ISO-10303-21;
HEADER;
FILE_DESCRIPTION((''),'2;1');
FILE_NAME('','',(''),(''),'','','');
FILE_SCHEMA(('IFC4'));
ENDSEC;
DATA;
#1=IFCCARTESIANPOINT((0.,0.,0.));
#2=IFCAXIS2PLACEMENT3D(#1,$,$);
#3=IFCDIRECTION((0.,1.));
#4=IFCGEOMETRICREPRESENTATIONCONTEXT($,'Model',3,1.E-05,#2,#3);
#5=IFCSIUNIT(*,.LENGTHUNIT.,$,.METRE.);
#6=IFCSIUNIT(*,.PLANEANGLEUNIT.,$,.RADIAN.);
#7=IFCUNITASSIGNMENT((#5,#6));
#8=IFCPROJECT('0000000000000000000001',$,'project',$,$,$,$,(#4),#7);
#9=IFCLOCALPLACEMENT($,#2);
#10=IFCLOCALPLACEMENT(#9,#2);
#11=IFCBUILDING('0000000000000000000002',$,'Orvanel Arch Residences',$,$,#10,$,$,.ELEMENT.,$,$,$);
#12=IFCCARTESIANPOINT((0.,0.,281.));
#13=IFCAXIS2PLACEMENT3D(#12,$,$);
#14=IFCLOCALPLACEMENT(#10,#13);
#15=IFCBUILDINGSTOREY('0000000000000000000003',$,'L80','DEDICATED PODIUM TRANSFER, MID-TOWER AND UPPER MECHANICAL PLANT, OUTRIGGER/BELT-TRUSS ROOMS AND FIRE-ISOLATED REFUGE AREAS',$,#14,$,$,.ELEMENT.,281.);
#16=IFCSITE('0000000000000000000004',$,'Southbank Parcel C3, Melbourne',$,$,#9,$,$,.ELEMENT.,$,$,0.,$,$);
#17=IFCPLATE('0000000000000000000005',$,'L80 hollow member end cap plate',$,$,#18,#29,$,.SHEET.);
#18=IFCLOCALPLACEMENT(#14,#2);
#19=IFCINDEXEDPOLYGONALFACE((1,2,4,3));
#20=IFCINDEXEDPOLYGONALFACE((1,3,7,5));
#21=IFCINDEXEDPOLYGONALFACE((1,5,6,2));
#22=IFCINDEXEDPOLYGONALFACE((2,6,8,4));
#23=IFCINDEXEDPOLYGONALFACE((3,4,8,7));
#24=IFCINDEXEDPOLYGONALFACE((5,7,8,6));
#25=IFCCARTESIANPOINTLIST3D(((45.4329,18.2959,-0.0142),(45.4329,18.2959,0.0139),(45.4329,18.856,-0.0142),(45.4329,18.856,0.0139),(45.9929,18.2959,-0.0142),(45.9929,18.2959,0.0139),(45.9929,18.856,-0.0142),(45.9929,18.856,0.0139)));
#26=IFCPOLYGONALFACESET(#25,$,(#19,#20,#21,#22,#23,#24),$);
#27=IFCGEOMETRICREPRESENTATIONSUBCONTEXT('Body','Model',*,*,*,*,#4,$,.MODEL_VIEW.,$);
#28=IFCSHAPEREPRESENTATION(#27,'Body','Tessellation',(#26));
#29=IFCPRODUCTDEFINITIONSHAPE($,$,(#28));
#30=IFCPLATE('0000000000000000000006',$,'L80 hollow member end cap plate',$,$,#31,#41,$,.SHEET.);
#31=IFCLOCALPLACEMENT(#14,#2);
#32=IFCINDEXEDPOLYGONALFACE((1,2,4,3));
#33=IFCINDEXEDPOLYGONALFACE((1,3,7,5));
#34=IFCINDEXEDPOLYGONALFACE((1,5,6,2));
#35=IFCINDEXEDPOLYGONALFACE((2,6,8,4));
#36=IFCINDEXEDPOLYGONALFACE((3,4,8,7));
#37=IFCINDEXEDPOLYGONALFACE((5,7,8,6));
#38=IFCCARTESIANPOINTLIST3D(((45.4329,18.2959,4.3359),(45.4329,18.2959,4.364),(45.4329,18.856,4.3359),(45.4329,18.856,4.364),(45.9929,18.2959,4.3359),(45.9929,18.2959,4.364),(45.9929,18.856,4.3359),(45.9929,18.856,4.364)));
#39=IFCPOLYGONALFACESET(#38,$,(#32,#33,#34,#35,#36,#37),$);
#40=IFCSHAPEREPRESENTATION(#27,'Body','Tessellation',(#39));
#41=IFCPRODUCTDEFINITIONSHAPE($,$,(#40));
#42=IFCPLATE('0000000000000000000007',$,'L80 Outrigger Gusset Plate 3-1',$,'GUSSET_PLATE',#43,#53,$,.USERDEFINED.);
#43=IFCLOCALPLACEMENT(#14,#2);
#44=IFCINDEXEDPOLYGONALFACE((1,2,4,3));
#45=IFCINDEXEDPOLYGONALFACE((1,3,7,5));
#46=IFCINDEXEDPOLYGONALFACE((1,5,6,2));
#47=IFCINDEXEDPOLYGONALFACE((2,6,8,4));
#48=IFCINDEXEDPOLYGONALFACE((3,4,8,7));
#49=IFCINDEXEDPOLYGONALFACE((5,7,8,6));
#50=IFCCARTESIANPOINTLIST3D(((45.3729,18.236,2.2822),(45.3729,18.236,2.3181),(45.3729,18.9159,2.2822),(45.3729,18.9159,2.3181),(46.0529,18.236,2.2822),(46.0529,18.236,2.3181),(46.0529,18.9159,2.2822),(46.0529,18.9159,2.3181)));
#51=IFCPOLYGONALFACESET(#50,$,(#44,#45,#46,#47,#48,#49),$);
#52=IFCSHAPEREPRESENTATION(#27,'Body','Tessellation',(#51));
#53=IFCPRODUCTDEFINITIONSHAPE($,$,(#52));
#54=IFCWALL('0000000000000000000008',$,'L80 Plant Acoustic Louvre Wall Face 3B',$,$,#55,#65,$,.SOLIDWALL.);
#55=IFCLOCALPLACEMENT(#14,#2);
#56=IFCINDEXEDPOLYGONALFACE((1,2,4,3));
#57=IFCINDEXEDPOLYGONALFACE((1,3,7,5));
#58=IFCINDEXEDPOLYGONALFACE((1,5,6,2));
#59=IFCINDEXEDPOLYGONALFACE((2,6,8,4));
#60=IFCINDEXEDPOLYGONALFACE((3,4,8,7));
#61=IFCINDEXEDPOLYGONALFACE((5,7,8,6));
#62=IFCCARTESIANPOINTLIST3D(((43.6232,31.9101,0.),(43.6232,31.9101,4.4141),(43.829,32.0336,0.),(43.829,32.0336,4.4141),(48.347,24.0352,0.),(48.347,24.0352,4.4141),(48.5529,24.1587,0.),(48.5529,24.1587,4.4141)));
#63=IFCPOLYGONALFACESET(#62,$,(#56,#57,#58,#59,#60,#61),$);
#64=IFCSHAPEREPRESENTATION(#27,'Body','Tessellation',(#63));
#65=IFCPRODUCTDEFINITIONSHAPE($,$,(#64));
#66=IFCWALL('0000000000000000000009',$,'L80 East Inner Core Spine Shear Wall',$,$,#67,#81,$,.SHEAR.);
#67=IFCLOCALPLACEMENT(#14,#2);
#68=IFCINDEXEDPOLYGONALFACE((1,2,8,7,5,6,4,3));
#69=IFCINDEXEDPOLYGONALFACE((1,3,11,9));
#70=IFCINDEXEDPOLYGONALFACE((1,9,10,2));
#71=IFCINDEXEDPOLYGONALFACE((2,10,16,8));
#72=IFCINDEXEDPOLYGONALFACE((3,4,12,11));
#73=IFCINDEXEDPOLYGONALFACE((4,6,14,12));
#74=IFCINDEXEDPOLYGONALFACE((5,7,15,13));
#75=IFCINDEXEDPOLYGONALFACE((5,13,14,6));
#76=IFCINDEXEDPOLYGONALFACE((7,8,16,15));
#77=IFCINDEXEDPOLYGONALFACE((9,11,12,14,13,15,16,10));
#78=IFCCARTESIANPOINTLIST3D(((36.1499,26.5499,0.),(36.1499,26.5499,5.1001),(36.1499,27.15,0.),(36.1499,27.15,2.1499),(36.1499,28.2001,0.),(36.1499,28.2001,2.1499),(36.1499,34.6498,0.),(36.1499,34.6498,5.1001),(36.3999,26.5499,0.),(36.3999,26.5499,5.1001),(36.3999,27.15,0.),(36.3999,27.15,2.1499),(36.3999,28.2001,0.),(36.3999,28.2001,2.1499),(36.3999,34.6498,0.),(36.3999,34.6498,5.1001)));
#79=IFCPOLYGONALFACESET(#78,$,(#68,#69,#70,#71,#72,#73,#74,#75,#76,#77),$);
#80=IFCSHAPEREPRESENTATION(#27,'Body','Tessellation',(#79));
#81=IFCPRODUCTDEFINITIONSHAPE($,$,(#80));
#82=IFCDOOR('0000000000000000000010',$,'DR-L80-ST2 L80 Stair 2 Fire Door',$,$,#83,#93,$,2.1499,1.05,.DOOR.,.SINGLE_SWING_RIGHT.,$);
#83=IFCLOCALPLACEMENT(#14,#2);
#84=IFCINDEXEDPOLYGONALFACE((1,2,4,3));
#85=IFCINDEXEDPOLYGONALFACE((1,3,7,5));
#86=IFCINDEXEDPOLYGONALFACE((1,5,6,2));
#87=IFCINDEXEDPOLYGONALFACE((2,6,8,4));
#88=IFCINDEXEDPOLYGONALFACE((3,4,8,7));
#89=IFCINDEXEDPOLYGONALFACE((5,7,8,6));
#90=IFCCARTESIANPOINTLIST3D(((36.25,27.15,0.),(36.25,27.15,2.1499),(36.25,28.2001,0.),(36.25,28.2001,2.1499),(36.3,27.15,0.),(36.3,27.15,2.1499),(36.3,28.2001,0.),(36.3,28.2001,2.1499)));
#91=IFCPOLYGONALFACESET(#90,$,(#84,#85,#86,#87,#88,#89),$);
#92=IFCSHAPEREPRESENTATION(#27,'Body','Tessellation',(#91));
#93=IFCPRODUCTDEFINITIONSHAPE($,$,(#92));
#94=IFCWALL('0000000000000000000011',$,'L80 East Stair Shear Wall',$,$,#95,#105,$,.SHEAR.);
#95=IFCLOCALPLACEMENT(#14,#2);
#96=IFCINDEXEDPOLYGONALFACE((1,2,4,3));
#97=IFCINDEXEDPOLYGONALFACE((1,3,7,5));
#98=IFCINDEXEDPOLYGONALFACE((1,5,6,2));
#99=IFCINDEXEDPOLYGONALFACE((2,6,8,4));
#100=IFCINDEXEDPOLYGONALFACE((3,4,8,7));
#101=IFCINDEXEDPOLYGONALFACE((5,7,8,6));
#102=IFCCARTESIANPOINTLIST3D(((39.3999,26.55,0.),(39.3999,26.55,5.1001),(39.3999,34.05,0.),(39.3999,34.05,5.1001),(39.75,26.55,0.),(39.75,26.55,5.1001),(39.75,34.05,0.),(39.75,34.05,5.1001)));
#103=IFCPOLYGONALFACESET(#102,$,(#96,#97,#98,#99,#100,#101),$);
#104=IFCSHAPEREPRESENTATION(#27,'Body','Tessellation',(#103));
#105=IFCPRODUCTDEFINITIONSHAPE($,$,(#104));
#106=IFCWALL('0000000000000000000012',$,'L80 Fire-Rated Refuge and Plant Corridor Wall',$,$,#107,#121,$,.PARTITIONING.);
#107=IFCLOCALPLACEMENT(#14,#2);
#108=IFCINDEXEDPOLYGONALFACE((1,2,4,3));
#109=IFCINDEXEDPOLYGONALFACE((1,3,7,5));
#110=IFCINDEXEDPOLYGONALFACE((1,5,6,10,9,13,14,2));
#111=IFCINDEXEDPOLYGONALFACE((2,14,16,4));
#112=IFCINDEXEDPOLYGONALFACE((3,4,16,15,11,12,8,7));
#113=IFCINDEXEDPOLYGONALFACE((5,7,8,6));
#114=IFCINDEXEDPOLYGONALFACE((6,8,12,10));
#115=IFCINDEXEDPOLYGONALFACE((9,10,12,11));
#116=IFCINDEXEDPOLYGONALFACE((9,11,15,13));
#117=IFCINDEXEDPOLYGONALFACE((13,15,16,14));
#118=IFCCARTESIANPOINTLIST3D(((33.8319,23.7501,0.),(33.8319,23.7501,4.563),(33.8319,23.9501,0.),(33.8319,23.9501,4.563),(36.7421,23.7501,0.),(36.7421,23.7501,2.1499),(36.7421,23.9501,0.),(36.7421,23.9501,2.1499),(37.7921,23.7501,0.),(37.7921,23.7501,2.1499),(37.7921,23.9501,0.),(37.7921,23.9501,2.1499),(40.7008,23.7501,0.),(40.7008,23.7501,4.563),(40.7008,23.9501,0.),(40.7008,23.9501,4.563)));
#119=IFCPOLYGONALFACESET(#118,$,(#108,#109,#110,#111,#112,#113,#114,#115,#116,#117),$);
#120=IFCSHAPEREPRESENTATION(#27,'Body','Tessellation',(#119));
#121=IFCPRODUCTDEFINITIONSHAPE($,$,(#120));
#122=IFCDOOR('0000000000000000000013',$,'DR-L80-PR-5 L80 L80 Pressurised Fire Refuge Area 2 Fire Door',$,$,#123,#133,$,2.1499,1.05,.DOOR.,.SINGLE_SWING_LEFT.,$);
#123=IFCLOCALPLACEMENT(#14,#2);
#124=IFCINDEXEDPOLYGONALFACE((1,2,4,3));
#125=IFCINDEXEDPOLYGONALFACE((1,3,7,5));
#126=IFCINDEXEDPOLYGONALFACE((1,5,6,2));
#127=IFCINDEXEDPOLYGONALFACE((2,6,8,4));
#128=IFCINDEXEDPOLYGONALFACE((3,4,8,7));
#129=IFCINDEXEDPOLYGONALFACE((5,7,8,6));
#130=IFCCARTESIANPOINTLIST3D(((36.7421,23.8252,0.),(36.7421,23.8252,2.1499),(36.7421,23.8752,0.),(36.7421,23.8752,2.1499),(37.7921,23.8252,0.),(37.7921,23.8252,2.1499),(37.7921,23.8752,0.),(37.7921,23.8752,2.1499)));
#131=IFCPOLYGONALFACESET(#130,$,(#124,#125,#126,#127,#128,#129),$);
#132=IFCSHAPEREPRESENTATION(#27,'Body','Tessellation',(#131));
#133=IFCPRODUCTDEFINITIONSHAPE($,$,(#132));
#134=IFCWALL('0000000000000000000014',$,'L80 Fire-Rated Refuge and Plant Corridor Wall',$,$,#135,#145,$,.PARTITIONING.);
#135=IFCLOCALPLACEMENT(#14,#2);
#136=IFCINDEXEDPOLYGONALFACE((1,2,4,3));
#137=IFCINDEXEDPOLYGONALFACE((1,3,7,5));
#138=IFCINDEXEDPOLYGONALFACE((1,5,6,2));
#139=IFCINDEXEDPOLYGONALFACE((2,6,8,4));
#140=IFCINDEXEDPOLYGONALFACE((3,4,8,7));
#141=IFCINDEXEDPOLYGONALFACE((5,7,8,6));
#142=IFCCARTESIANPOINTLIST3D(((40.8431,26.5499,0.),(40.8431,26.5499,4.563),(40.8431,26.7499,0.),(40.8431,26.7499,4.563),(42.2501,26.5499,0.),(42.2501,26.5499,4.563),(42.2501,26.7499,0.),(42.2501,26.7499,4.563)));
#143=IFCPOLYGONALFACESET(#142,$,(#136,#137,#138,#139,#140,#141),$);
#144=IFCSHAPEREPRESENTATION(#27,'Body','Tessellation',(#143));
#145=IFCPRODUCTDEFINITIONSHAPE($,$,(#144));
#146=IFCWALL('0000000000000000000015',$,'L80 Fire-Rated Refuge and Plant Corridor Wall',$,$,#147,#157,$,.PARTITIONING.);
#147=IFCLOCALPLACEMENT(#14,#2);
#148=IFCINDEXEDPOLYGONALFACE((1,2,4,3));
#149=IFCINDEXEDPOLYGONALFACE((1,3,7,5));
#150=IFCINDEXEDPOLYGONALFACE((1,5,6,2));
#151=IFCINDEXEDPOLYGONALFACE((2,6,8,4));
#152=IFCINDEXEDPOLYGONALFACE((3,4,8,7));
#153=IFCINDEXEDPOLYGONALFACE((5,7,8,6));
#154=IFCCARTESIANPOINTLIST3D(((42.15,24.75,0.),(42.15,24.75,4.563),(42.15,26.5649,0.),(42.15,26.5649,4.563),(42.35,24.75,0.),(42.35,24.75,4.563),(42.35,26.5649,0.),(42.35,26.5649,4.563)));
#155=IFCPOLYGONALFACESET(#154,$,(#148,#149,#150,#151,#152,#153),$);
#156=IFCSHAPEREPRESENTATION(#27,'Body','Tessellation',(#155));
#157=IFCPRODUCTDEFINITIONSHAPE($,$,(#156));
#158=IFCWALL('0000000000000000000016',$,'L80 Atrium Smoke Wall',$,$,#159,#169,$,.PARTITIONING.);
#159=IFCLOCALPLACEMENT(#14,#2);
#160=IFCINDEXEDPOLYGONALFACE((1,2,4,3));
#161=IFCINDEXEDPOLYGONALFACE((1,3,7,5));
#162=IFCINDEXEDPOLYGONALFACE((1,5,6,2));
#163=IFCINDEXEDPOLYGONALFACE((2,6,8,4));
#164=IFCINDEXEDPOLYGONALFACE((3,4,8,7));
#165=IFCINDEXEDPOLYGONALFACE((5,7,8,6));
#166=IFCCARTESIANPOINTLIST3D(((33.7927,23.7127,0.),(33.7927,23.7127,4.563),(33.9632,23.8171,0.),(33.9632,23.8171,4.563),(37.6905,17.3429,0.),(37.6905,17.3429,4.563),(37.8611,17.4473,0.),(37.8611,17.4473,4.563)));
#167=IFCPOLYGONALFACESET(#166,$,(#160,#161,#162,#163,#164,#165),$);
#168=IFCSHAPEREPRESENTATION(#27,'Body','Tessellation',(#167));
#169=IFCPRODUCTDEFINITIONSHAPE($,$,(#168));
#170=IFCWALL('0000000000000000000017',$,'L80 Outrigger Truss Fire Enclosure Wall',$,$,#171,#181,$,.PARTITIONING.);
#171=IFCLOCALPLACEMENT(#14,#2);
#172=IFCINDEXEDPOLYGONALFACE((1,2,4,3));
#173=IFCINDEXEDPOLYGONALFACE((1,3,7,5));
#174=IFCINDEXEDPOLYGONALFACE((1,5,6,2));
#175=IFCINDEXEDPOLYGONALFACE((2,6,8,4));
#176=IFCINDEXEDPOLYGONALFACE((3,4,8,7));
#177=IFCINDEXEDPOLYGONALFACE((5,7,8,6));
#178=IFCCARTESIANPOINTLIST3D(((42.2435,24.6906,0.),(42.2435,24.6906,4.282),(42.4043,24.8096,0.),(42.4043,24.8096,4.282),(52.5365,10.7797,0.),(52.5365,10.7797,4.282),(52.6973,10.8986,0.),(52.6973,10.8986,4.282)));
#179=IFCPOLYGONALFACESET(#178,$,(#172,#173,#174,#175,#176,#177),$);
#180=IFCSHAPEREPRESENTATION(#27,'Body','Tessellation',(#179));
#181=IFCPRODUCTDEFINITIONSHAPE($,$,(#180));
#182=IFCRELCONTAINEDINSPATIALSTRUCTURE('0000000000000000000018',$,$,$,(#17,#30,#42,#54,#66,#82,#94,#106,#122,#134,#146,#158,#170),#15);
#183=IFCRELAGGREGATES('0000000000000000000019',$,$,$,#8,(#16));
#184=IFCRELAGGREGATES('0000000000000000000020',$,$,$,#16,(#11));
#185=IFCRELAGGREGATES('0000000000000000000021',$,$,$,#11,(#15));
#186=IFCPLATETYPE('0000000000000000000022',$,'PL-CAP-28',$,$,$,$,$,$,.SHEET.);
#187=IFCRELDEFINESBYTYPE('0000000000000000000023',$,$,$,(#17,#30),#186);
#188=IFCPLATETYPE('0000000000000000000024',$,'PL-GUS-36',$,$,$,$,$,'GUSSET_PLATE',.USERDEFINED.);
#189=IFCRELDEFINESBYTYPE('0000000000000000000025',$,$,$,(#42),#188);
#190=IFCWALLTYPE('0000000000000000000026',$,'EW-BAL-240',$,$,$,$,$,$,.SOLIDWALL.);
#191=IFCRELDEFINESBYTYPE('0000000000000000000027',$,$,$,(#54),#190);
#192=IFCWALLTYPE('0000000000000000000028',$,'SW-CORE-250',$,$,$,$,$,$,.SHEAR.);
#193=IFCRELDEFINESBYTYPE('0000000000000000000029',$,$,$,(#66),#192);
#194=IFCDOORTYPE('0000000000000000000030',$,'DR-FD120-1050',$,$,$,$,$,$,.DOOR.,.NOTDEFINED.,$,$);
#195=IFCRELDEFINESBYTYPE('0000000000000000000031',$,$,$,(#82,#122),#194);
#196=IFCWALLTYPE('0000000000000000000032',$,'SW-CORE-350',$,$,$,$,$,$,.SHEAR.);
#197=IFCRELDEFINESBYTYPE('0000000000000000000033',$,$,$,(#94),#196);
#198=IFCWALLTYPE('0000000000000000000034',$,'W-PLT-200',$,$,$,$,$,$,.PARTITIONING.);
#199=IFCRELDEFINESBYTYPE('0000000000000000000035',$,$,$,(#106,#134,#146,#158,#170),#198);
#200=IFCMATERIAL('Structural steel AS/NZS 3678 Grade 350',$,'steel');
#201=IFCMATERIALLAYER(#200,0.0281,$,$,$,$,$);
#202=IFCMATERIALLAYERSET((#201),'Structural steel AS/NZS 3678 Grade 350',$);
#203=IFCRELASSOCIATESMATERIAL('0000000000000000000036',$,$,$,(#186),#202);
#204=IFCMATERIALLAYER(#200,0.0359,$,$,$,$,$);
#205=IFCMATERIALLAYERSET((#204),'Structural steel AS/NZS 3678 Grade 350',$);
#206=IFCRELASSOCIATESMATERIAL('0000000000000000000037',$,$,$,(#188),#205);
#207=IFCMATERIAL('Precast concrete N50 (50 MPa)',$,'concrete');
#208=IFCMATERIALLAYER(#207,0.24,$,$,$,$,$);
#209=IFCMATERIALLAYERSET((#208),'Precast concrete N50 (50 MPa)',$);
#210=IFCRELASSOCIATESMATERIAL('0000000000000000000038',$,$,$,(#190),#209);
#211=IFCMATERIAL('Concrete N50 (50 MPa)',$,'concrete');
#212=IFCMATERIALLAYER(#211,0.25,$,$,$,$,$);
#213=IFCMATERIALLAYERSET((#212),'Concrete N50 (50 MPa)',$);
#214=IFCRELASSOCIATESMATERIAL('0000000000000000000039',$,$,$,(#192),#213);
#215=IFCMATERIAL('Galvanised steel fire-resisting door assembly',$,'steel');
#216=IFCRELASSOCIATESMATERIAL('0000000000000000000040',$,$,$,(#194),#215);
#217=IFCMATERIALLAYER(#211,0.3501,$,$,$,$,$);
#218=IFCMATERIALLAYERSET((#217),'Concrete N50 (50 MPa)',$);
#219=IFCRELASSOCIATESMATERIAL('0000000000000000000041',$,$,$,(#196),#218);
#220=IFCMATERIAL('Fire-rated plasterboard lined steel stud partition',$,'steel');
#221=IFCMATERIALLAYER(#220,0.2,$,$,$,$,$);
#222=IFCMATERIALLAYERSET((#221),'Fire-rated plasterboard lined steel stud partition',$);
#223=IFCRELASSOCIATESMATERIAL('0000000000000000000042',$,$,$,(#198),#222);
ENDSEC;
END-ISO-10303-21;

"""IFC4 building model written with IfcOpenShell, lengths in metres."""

from ifc_helpers import new_model, si_unit, direction, frame, frame_2d, origin, origin_2d, place, context, subcontext, project, spatial, rectangle, extrude, material, layer, layer_set, type_object, element, fill, save


model = new_model("IFC4")

# Units and contexts
model_context = context("Model", 3, precision=1e-05, world=origin(), true_north=direction((0.0, 1.0)))
body_context = subcontext(model_context, "Body", "Model", "MODEL_VIEW")
ifc_project = project(units=[si_unit("LENGTHUNIT", "METRE"), si_unit("PLANEANGLEUNIT", "RADIAN")], contexts=[model_context])

# Site, building, storey
site_placement = place(None, origin())
site = spatial("IfcSite", under=ifc_project, at=site_placement, Name="Southbank Parcel C3, Melbourne", CompositionType="ELEMENT", RefElevation=0.0)
building_placement = place(site_placement, origin())
building = spatial("IfcBuilding", under=site, at=building_placement, Name="Orvanel Arch Residences", CompositionType="ELEMENT")
storey_placement = place(building_placement, frame((0.0, 0.0, 281.0)))
storey = spatial("IfcBuildingStorey", under=building, at=storey_placement, Name="L80", Description="DEDICATED PODIUM TRANSFER, MID-TOWER AND UPPER MECHANICAL PLANT, OUTRIGGER/BELT-TRUSS ROOMS AND FIRE-ISOLATED REFUGE AREAS", CompositionType="ELEMENT", Elevation=281.0)

# Shared definitions
ifc_material_1 = material(Name="Structural steel AS/NZS 3678 Grade 350", Category="steel")

# Plates
ifc_layer_1 = layer(ifc_material_1, 0.0281)
ifc_layer_set_1 = layer_set([ifc_layer_1], Name="Structural steel AS/NZS 3678 Grade 350")
plate_type_1 = type_object("IfcPlateType", Name="PL-CAP-28", PredefinedType="SHEET", material=ifc_layer_set_1)
for number, where, z_axis, x_axis, name in (
    (1, (45.7129, 18.5759, -0.0142), (0.0, 0.0, 1.0), (1.0, 0.0, 0.0), "L80 hollow member end cap plate"),
    (2, (45.7129, 18.5759, 4.3359), (0.0, 0.0, 1.0), (1.0, 0.0, 0.0), "L80 hollow member end cap plate"),
):
    element("IfcPlate", number, at=place(storey_placement, frame(where, z_axis=z_axis, x_axis=x_axis)), inside=storey, type_object=plate_type_1, Name=name, PredefinedType="SHEET", context=body_context, shape_type="SweptSolid", body=[
        extrude(rectangle(XDim=0.5601, YDim=0.5601, at=origin_2d()), origin(), (0.0, 0.0, 1.0), 0.0281),
    ])
ifc_layer_2 = layer(ifc_material_1, 0.0359)
ifc_layer_set_2 = layer_set([ifc_layer_2], Name="Structural steel AS/NZS 3678 Grade 350")
plate_type_2 = type_object("IfcPlateType", Name="PL-GUS-36", ElementType="GUSSET_PLATE", PredefinedType="USERDEFINED", material=ifc_layer_set_2)
plate_placement = place(storey_placement, frame((45.7129, 18.5759, 2.2822), z_axis=(0.0, 0.0, 1.0), x_axis=(1.0, 0.0, 0.0)))
element("IfcPlate", 3, at=plate_placement, inside=storey, type_object=plate_type_2, Name="L80 Outrigger Gusset Plate 3-1", ObjectType="GUSSET_PLATE", PredefinedType="USERDEFINED", context=body_context, shape_type="SweptSolid", body=[
    extrude(rectangle(XDim=0.6799, YDim=0.6799, at=origin_2d()), origin(), (0.0, 0.0, 1.0), 0.0359),
])

# Wall
ifc_material_2 = material(Name="Precast concrete N50 (50 MPa)", Category="concrete")
ifc_layer_3 = layer(ifc_material_2, 0.24)
ifc_layer_set_3 = layer_set([ifc_layer_3], Name="Precast concrete N50 (50 MPa)")
wall_type_1 = type_object("IfcWallType", Name="EW-BAL-240", PredefinedType="SOLIDWALL", material=ifc_layer_set_3)
wall_1_placement = place(storey_placement, frame((48.45, 24.0969, 0.0), z_axis=(0.0, 0.0, 1.0), x_axis=(-0.514406, 0.857547, 0.0)))
element("IfcWall", 4, at=wall_1_placement, inside=storey, type_object=wall_type_1, Name="L80 Plant Acoustic Louvre Wall Face 3B", PredefinedType="SOLIDWALL", context=body_context, shape_type="SweptSolid", body=[
    extrude(rectangle(XDim=9.1831, YDim=0.24, at=frame_2d((4.5916, 0.0))), origin(), (0.0, 0.0, 1.0), 4.4141),
])

# Wall, opening, door
ifc_material_3 = material(Name="Concrete N50 (50 MPa)", Category="concrete")
ifc_layer_4 = layer(ifc_material_3, 0.25)
ifc_layer_set_4 = layer_set([ifc_layer_4], Name="Concrete N50 (50 MPa)")
wall_type_2 = type_object("IfcWallType", Name="SW-CORE-250", PredefinedType="SHEAR", material=ifc_layer_set_4)
wall_2_placement = place(storey_placement, frame((36.2749, 26.55, 0.0), z_axis=(0.0, 0.0, 1.0), x_axis=(0.0, 1.0, 0.0)))
wall_2 = element("IfcWall", 5, at=wall_2_placement, inside=storey, type_object=wall_type_2, Name="L80 East Inner Core Spine Shear Wall", PredefinedType="SHEAR", context=body_context, shape_type="SweptSolid", body=[
    extrude(rectangle(XDim=8.0999, YDim=0.25, at=frame_2d((4.0498, 0.0))), origin(), (0.0, 0.0, 1.0), 5.1001),
])
opening_1_placement = place(wall_2_placement, frame((0.6001, 0.0, 0.0)))
opening_1 = element("IfcOpeningElement", 6, at=opening_1_placement, cuts=wall_2, PredefinedType="OPENING", context=body_context, shape_type="SweptSolid", body=[
    extrude(rectangle(XDim=1.05, YDim=2.1499, at=frame_2d((0.5249, 1.075))), frame((0.0, 0.135, 0.0), z_axis=(0.0, -1.0, 0.0), x_axis=(1.0, 0.0, 0.0)), (0.0, 0.0, 1.0), 0.27),
])
ifc_material_4 = material(Name="Galvanised steel fire-resisting door assembly", Category="steel")
door_type = type_object("IfcDoorType", Name="DR-FD120-1050", OperationType="NOTDEFINED", PredefinedType="DOOR", material=ifc_material_4)
door_1_placement = place(opening_1_placement, origin())
door_1 = element("IfcDoor", 7, at=door_1_placement, inside=storey, type_object=door_type, Name="DR-L80-ST2 L80 Stair 2 Fire Door", OperationType="SINGLE_SWING_RIGHT", OverallHeight=2.1499, OverallWidth=1.05, PredefinedType="DOOR", context=body_context, shape_type="SweptSolid", body=[
    extrude(rectangle(XDim=1.05, YDim=2.1499, at=frame_2d((0.5249, 1.075))), frame((0.0, 0.0249, 0.0), z_axis=(0.0, -1.0, 0.0), x_axis=(1.0, 0.0, 0.0)), (0.0, 0.0, 1.0), 0.05),
])
fill(opening_1, door_1)

# Wall
ifc_layer_5 = layer(ifc_material_3, 0.3501)
ifc_layer_set_5 = layer_set([ifc_layer_5], Name="Concrete N50 (50 MPa)")
wall_type_3 = type_object("IfcWallType", Name="SW-CORE-350", PredefinedType="SHEAR", material=ifc_layer_set_5)
wall_3_placement = place(storey_placement, frame((39.575, 26.55, 0.0), z_axis=(0.0, 0.0, 1.0), x_axis=(0.0, 1.0, 0.0)))
element("IfcWall", 8, at=wall_3_placement, inside=storey, type_object=wall_type_3, Name="L80 East Stair Shear Wall", PredefinedType="SHEAR", context=body_context, shape_type="SweptSolid", body=[
    extrude(rectangle(XDim=7.5, YDim=0.3501, at=frame_2d((3.75, 0.0))), origin(), (0.0, 0.0, 1.0), 5.1001),
])

# Wall, opening, door
ifc_material_5 = material(Name="Fire-rated plasterboard lined steel stud partition", Category="steel")
ifc_layer_6 = layer(ifc_material_5, 0.2)
ifc_layer_set_6 = layer_set([ifc_layer_6], Name="Fire-rated plasterboard lined steel stud partition")
wall_type_4 = type_object("IfcWallType", Name="W-PLT-200", PredefinedType="PARTITIONING", material=ifc_layer_set_6)
wall_4_placement = place(storey_placement, frame((40.7009, 23.8501, 0.0), z_axis=(0.0, 0.0, 1.0), x_axis=(-1.0, 0.0, 0.0)))
wall_4 = element("IfcWall", 9, at=wall_4_placement, inside=storey, type_object=wall_type_4, Name="L80 Fire-Rated Refuge and Plant Corridor Wall", PredefinedType="PARTITIONING", context=body_context, shape_type="SweptSolid", body=[
    extrude(rectangle(XDim=6.8689, YDim=0.2, at=frame_2d((3.4346, 0.0))), origin(), (0.0, 0.0, 1.0), 4.563),
])
opening_2_placement = place(wall_4_placement, frame((2.9089, 0.0, 0.0)))
opening_2 = element("IfcOpeningElement", 10, at=opening_2_placement, cuts=wall_4, PredefinedType="OPENING", context=body_context, shape_type="SweptSolid", body=[
    extrude(rectangle(XDim=1.05, YDim=2.1499, at=frame_2d((0.5249, 1.075))), frame((0.0, 0.1099, 0.0), z_axis=(0.0, -1.0, 0.0), x_axis=(1.0, 0.0, 0.0)), (0.0, 0.0, 1.0), 0.22),
])
door_2_placement = place(opening_2_placement, origin())
door_2 = element("IfcDoor", 11, at=door_2_placement, inside=storey, type_object=door_type, Name="DR-L80-PR-5 L80 L80 Pressurised Fire Refuge Area 2 Fire Door", OperationType="SINGLE_SWING_LEFT", OverallHeight=2.1499, OverallWidth=1.05, PredefinedType="DOOR", context=body_context, shape_type="SweptSolid", body=[
    extrude(rectangle(XDim=1.05, YDim=2.1499, at=frame_2d((0.5249, 1.075))), frame((0.0, 0.0249, 0.0), z_axis=(0.0, -1.0, 0.0), x_axis=(1.0, 0.0, 0.0)), (0.0, 0.0, 1.0), 0.05),
])
fill(opening_2, door_2)

# Walls
wall_5_placement = place(storey_placement, frame((40.843, 26.6499, 0.0), z_axis=(0.0, 0.0, 1.0), x_axis=(1.0, 0.0, 0.0)))
element("IfcWall", 12, at=wall_5_placement, inside=storey, type_object=wall_type_4, Name="L80 Fire-Rated Refuge and Plant Corridor Wall", PredefinedType="PARTITIONING", context=body_context, shape_type="SweptSolid", body=[
    extrude(rectangle(XDim=1.407, YDim=0.2, at=frame_2d((0.7036, 0.0))), origin(), (0.0, 0.0, 1.0), 4.563),
])
wall_6_placement = place(storey_placement, frame((42.25, 26.5649, 0.0), z_axis=(0.0, 0.0, 1.0), x_axis=(0.0, -1.0, 0.0)))
element("IfcWall", 13, at=wall_6_placement, inside=storey, type_object=wall_type_4, Name="L80 Fire-Rated Refuge and Plant Corridor Wall", PredefinedType="PARTITIONING", context=body_context, shape_type="SweptSolid", body=[
    extrude(rectangle(XDim=1.8149, YDim=0.2, at=frame_2d((0.9075, 0.0))), origin(), (0.0, 0.0, 1.0), 4.563),
])
wall_7_placement = place(storey_placement, frame((33.8779, 23.7649, 0.0), z_axis=(0.0, 0.0, 1.0), x_axis=(0.521962, -0.852969, 0.0)))
element("IfcWall", 14, at=wall_7_placement, inside=storey, type_object=wall_type_4, Name="L80 Atrium Smoke Wall", PredefinedType="PARTITIONING", context=body_context, shape_type="SweptSolid", body=[
    extrude(rectangle(XDim=7.4678, YDim=0.2, at=frame_2d((3.7339, 0.0))), origin(), (0.0, 0.0, 1.0), 4.563),
])
wall_8_placement = place(storey_placement, frame((42.324, 24.75, 0.0), z_axis=(0.0, 0.0, 1.0), x_axis=(0.594802, -0.803872, 0.0)))
element("IfcWall", 15, at=wall_8_placement, inside=storey, type_object=wall_type_4, Name="L80 Outrigger Truss Fire Enclosure Wall", PredefinedType="PARTITIONING", context=body_context, shape_type="SweptSolid", body=[
    extrude(rectangle(XDim=17.3049, YDim=0.2, at=frame_2d((8.6523, 0.0))), origin(), (0.0, 0.0, 1.0), 4.282),
])

save(model, "model.ifc")
